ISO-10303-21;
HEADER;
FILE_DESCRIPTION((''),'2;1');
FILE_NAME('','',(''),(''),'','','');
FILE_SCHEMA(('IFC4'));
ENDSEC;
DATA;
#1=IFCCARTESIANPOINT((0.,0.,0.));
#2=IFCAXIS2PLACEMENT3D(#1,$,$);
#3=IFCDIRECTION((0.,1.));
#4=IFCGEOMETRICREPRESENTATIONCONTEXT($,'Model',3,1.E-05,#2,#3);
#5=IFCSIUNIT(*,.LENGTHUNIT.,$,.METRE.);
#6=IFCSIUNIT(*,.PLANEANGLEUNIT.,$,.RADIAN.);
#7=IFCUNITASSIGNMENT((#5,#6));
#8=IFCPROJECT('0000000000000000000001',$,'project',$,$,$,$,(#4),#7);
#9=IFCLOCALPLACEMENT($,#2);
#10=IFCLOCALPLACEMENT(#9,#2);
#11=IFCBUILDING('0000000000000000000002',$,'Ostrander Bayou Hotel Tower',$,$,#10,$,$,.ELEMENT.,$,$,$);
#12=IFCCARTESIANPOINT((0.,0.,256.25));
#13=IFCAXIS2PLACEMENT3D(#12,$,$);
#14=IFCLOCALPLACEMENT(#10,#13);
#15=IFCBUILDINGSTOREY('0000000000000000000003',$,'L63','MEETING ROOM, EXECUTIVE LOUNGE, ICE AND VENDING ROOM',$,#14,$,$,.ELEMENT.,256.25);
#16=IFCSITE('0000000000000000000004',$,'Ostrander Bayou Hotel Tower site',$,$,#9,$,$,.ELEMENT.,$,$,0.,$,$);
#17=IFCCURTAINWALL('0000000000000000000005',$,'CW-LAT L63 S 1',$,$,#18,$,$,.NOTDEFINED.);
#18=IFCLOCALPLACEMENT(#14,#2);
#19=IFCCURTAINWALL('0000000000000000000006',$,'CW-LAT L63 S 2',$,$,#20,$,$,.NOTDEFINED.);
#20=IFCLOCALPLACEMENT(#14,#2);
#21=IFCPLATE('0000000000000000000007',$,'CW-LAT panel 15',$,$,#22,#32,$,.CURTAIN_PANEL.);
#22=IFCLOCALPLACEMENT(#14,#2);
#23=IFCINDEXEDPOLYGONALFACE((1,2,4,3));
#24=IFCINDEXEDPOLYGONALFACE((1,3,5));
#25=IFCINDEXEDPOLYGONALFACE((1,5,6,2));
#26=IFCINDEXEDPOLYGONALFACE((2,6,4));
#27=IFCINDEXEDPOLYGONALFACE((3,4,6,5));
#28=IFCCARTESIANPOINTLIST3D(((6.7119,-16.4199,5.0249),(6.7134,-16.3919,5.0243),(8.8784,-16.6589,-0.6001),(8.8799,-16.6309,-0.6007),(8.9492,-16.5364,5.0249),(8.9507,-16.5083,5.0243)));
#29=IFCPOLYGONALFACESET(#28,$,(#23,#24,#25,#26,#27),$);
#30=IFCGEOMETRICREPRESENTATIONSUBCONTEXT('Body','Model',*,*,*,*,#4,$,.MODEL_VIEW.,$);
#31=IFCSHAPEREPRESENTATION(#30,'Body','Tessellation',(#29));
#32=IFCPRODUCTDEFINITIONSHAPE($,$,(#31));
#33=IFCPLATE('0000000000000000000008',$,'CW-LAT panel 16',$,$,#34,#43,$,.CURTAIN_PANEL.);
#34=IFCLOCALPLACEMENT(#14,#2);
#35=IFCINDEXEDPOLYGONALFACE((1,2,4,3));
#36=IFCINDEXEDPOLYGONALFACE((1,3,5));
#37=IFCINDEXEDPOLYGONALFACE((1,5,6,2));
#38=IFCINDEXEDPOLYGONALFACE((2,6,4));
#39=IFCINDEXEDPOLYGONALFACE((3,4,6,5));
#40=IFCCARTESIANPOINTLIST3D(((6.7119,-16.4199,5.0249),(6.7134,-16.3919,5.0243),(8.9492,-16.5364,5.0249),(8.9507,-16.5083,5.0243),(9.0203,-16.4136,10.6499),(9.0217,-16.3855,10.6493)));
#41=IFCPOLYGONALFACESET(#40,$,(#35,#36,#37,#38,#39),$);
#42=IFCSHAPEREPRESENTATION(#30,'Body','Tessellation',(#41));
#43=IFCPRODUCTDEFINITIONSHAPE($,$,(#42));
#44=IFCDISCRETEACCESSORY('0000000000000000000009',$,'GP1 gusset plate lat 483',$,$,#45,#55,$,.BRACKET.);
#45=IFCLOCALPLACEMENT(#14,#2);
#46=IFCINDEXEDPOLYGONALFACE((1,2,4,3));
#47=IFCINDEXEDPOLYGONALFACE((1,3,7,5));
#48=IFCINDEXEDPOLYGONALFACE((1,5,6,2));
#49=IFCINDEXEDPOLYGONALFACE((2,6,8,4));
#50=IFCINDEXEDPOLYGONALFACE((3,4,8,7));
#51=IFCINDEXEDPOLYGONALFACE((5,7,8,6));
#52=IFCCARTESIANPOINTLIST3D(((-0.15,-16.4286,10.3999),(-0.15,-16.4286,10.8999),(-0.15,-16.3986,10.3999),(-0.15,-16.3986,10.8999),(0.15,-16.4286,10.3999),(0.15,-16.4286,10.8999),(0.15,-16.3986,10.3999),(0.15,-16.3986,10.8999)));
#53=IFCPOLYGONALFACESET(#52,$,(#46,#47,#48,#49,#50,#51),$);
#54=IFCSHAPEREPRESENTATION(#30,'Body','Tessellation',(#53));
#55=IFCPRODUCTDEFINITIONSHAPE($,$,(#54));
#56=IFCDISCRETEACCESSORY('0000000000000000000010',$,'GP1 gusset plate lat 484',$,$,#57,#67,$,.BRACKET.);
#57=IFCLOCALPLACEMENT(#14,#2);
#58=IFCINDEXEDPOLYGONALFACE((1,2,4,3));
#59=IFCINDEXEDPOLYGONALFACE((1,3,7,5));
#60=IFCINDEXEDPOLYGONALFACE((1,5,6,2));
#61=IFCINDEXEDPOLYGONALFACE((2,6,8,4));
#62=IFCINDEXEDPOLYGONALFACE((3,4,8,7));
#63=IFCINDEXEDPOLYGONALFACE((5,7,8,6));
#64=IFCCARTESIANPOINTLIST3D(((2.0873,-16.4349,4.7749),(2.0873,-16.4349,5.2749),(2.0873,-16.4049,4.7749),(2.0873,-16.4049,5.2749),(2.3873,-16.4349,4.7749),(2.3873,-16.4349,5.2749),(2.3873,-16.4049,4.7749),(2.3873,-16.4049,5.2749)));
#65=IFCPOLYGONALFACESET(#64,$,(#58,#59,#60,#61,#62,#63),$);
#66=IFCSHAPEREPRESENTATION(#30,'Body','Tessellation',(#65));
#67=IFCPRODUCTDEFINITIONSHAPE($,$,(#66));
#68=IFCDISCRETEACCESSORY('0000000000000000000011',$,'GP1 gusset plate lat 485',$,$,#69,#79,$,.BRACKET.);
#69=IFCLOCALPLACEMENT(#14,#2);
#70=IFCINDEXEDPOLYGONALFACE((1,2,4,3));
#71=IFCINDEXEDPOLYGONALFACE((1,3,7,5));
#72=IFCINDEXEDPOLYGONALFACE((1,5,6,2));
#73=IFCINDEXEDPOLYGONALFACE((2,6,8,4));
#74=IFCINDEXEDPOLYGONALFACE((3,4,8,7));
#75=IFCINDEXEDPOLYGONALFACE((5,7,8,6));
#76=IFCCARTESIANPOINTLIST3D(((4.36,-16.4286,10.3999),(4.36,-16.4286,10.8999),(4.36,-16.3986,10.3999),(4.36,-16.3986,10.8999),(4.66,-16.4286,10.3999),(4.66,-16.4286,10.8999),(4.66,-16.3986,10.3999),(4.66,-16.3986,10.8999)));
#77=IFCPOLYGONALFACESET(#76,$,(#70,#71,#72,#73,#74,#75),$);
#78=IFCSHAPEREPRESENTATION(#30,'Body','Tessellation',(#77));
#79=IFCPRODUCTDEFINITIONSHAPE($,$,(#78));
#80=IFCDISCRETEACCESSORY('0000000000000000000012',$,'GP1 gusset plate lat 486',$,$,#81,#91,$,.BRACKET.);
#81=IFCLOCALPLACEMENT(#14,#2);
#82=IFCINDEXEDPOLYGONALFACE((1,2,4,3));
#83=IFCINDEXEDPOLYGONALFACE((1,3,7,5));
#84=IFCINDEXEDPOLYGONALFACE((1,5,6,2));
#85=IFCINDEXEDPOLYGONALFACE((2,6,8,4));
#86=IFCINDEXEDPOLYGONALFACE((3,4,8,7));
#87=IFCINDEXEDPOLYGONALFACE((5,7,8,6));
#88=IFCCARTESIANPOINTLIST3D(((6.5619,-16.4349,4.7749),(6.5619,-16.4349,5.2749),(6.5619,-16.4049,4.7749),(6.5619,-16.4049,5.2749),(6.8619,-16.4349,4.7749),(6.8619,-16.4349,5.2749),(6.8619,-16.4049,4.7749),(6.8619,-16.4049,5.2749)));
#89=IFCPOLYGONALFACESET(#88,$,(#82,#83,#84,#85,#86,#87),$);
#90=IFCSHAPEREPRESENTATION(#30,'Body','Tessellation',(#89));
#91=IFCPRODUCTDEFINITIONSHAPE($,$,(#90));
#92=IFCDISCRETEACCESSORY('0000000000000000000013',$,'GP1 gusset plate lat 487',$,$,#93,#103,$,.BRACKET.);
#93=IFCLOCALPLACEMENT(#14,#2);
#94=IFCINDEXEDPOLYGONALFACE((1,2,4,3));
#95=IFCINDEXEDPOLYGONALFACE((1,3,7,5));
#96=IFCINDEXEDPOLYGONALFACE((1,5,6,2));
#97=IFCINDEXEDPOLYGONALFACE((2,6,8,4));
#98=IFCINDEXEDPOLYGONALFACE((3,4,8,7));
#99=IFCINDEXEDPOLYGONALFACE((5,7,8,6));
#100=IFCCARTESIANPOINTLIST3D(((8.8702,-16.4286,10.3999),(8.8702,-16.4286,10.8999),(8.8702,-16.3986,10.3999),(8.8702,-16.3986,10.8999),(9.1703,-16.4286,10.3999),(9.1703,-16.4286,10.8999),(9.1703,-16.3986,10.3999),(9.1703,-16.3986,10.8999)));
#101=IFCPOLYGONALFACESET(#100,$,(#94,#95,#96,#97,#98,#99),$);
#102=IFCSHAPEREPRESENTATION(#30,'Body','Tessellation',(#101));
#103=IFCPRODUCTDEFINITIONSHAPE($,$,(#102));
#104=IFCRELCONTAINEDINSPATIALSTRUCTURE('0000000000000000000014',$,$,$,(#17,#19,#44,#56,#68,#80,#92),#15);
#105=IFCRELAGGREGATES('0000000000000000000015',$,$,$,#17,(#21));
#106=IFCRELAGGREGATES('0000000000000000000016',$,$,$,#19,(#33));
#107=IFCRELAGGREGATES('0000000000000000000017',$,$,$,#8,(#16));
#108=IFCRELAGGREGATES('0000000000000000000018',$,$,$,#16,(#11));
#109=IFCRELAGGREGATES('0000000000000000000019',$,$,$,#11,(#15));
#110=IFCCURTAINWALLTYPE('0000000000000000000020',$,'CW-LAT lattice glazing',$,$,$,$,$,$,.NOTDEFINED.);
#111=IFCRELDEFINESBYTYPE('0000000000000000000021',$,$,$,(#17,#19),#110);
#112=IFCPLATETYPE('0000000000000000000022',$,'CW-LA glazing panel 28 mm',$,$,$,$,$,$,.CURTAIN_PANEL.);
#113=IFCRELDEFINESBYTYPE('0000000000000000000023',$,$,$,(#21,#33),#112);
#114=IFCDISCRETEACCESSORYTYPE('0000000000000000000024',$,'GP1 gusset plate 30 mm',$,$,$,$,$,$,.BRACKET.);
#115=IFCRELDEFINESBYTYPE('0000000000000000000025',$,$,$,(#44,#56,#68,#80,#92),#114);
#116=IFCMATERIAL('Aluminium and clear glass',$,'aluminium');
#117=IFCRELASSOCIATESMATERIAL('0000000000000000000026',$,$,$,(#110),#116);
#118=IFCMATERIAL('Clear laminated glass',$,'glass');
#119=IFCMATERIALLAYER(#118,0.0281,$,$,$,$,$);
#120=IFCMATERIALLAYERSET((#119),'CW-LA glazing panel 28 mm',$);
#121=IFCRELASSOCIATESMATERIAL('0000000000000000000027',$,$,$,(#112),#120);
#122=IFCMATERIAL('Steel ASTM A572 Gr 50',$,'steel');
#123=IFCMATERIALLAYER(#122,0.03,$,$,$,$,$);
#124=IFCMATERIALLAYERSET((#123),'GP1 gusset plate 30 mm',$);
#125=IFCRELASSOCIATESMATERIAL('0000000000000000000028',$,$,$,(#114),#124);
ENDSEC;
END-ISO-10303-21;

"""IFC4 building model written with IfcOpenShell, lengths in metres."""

from ifc_helpers import new_model, si_unit, direction, frame, origin, origin_2d, place, context, subcontext, project, spatial, polyline, rectangle, outline, extrude, material, layer, layer_set, type_object, element, aggregate, save


model = new_model("IFC4")

# Units and contexts
model_context = context("Model", 3, precision=1e-05, world=origin(), true_north=direction((0.0, 1.0)))
body_context = subcontext(model_context, "Body", "Model", "MODEL_VIEW")
ifc_project = project(units=[si_unit("LENGTHUNIT", "METRE"), si_unit("PLANEANGLEUNIT", "RADIAN")], contexts=[model_context])

# Site, building, storey
site_placement = place(None, origin())
site = spatial("IfcSite", under=ifc_project, at=site_placement, Name="Ostrander Bayou Hotel Tower site", CompositionType="ELEMENT", RefElevation=0.0)
building_placement = place(site_placement, origin())
building = spatial("IfcBuilding", under=site, at=building_placement, Name="Ostrander Bayou Hotel Tower", CompositionType="ELEMENT")
storey_placement = place(building_placement, frame((0.0, 0.0, 256.25)))
storey = spatial("IfcBuildingStorey", under=building, at=storey_placement, Name="L63", Description="MEETING ROOM, EXECUTIVE LOUNGE, ICE AND VENDING ROOM", CompositionType="ELEMENT", Elevation=256.25)

# Curtain walls
ifc_material_1 = material(Name="Aluminium and clear glass", Category="aluminium")
curtain_wall_type = type_object("IfcCurtainWallType", Name="CW-LAT lattice glazing", PredefinedType="NOTDEFINED", material=ifc_material_1)
curtain_wall_1_placement = place(storey_placement, origin())
curtain_wall_1 = element("IfcCurtainWall", 1, at=curtain_wall_1_placement, inside=storey, type_object=curtain_wall_type, Name="CW-LAT L63 S 1", PredefinedType="NOTDEFINED")
curtain_wall_2_placement = place(storey_placement, origin())
curtain_wall_2 = element("IfcCurtainWall", 2, at=curtain_wall_2_placement, inside=storey, type_object=curtain_wall_type, Name="CW-LAT L63 S 2", PredefinedType="NOTDEFINED")

# Shared definitions
ifc_material_2 = material(Name="Clear laminated glass", Category="glass")
ifc_layer_1 = layer(ifc_material_2, 0.0281)
ifc_layer_set_1 = layer_set([ifc_layer_1], Name="CW-LA glazing panel 28 mm")
plate_type = type_object("IfcPlateType", Name="CW-LA glazing panel 28 mm", PredefinedType="CURTAIN_PANEL", material=ifc_layer_set_1)

# Plates
plate_1_placement = place(storey_placement, frame((6.7119, -16.4199, 5.0249), z_axis=(-0.051968, -0.998397, 0.022407), x_axis=(0.359137, -0.039621, -0.932444)))
plate_1 = element("IfcPlate", 3, at=plate_1_placement, type_object=plate_type, Name="CW-LAT panel 15", PredefinedType="CURTAIN_PANEL", context=body_context, shape_type="SweptSolid", body=[
    extrude(outline(polyline([(0.0, 0.0), (6.0325, 0.0), (0.8081, 2.0895), (0.0, 0.0)])), origin(), (0.0, 0.0, -1.0), 0.0281),
])
aggregate(curtain_wall_1, [plate_1])
plate_2_placement = place(storey_placement, frame((6.7119, -16.4199, 5.0249), z_axis=(-0.051968, -0.998396, 0.022453), x_axis=(0.379649, 0.001044, 0.92513)))
plate_2 = element("IfcPlate", 4, at=plate_2_placement, type_object=plate_type, Name="CW-LAT panel 16", PredefinedType="CURTAIN_PANEL", context=body_context, shape_type="SweptSolid", body=[
    extrude(outline(polyline([(0.0, 0.0), (6.0802, 0.0), (0.8493, -2.0731), (0.0, 0.0)])), origin(), (0.0, 0.0, -1.0), 0.0281),
])
aggregate(curtain_wall_2, [plate_2])

# Discrete accessories
ifc_material_3 = material(Name="Steel ASTM A572 Gr 50", Category="steel")
ifc_layer_2 = layer(ifc_material_3, 0.03)
ifc_layer_set_2 = layer_set([ifc_layer_2], Name="GP1 gusset plate 30 mm")
discrete_accessory_type = type_object("IfcDiscreteAccessoryType", Name="GP1 gusset plate 30 mm", PredefinedType="BRACKET", material=ifc_layer_set_2)
for number, where, z_axis, x_axis, name in (
    (5, (0.0, -16.4136, 10.3999), (0.0, 0.0, 1.0), (1.0, 0.0, 0.0), "GP1 gusset plate lat 483"),
    (6, (2.2373, -16.4199, 4.7749), (0.0, 0.0, 1.0), (1.0, 0.0, 0.0), "GP1 gusset plate lat 484"),
    (7, (4.51, -16.4136, 10.3999), (0.0, 0.0, 1.0), (1.0, 0.0, 0.0), "GP1 gusset plate lat 485"),
    (8, (6.7119, -16.4199, 4.7749), (0.0, 0.0, 1.0), (1.0, 0.0, 0.0), "GP1 gusset plate lat 486"),
    (9, (9.0203, -16.4136, 10.3999), (0.0, 0.0, 1.0), (1.0, 0.0, 0.0), "GP1 gusset plate lat 487"),
):
    element("IfcDiscreteAccessory", number, at=place(storey_placement, frame(where, z_axis=z_axis, x_axis=x_axis)), inside=storey, type_object=discrete_accessory_type, Name=name, PredefinedType="BRACKET", context=body_context, shape_type="SweptSolid", body=[
        extrude(rectangle(XDim=0.3, YDim=0.03, at=origin_2d()), origin(), (0.0, 0.0, 1.0), 0.5),
    ])

save(model, "model.ifc")
